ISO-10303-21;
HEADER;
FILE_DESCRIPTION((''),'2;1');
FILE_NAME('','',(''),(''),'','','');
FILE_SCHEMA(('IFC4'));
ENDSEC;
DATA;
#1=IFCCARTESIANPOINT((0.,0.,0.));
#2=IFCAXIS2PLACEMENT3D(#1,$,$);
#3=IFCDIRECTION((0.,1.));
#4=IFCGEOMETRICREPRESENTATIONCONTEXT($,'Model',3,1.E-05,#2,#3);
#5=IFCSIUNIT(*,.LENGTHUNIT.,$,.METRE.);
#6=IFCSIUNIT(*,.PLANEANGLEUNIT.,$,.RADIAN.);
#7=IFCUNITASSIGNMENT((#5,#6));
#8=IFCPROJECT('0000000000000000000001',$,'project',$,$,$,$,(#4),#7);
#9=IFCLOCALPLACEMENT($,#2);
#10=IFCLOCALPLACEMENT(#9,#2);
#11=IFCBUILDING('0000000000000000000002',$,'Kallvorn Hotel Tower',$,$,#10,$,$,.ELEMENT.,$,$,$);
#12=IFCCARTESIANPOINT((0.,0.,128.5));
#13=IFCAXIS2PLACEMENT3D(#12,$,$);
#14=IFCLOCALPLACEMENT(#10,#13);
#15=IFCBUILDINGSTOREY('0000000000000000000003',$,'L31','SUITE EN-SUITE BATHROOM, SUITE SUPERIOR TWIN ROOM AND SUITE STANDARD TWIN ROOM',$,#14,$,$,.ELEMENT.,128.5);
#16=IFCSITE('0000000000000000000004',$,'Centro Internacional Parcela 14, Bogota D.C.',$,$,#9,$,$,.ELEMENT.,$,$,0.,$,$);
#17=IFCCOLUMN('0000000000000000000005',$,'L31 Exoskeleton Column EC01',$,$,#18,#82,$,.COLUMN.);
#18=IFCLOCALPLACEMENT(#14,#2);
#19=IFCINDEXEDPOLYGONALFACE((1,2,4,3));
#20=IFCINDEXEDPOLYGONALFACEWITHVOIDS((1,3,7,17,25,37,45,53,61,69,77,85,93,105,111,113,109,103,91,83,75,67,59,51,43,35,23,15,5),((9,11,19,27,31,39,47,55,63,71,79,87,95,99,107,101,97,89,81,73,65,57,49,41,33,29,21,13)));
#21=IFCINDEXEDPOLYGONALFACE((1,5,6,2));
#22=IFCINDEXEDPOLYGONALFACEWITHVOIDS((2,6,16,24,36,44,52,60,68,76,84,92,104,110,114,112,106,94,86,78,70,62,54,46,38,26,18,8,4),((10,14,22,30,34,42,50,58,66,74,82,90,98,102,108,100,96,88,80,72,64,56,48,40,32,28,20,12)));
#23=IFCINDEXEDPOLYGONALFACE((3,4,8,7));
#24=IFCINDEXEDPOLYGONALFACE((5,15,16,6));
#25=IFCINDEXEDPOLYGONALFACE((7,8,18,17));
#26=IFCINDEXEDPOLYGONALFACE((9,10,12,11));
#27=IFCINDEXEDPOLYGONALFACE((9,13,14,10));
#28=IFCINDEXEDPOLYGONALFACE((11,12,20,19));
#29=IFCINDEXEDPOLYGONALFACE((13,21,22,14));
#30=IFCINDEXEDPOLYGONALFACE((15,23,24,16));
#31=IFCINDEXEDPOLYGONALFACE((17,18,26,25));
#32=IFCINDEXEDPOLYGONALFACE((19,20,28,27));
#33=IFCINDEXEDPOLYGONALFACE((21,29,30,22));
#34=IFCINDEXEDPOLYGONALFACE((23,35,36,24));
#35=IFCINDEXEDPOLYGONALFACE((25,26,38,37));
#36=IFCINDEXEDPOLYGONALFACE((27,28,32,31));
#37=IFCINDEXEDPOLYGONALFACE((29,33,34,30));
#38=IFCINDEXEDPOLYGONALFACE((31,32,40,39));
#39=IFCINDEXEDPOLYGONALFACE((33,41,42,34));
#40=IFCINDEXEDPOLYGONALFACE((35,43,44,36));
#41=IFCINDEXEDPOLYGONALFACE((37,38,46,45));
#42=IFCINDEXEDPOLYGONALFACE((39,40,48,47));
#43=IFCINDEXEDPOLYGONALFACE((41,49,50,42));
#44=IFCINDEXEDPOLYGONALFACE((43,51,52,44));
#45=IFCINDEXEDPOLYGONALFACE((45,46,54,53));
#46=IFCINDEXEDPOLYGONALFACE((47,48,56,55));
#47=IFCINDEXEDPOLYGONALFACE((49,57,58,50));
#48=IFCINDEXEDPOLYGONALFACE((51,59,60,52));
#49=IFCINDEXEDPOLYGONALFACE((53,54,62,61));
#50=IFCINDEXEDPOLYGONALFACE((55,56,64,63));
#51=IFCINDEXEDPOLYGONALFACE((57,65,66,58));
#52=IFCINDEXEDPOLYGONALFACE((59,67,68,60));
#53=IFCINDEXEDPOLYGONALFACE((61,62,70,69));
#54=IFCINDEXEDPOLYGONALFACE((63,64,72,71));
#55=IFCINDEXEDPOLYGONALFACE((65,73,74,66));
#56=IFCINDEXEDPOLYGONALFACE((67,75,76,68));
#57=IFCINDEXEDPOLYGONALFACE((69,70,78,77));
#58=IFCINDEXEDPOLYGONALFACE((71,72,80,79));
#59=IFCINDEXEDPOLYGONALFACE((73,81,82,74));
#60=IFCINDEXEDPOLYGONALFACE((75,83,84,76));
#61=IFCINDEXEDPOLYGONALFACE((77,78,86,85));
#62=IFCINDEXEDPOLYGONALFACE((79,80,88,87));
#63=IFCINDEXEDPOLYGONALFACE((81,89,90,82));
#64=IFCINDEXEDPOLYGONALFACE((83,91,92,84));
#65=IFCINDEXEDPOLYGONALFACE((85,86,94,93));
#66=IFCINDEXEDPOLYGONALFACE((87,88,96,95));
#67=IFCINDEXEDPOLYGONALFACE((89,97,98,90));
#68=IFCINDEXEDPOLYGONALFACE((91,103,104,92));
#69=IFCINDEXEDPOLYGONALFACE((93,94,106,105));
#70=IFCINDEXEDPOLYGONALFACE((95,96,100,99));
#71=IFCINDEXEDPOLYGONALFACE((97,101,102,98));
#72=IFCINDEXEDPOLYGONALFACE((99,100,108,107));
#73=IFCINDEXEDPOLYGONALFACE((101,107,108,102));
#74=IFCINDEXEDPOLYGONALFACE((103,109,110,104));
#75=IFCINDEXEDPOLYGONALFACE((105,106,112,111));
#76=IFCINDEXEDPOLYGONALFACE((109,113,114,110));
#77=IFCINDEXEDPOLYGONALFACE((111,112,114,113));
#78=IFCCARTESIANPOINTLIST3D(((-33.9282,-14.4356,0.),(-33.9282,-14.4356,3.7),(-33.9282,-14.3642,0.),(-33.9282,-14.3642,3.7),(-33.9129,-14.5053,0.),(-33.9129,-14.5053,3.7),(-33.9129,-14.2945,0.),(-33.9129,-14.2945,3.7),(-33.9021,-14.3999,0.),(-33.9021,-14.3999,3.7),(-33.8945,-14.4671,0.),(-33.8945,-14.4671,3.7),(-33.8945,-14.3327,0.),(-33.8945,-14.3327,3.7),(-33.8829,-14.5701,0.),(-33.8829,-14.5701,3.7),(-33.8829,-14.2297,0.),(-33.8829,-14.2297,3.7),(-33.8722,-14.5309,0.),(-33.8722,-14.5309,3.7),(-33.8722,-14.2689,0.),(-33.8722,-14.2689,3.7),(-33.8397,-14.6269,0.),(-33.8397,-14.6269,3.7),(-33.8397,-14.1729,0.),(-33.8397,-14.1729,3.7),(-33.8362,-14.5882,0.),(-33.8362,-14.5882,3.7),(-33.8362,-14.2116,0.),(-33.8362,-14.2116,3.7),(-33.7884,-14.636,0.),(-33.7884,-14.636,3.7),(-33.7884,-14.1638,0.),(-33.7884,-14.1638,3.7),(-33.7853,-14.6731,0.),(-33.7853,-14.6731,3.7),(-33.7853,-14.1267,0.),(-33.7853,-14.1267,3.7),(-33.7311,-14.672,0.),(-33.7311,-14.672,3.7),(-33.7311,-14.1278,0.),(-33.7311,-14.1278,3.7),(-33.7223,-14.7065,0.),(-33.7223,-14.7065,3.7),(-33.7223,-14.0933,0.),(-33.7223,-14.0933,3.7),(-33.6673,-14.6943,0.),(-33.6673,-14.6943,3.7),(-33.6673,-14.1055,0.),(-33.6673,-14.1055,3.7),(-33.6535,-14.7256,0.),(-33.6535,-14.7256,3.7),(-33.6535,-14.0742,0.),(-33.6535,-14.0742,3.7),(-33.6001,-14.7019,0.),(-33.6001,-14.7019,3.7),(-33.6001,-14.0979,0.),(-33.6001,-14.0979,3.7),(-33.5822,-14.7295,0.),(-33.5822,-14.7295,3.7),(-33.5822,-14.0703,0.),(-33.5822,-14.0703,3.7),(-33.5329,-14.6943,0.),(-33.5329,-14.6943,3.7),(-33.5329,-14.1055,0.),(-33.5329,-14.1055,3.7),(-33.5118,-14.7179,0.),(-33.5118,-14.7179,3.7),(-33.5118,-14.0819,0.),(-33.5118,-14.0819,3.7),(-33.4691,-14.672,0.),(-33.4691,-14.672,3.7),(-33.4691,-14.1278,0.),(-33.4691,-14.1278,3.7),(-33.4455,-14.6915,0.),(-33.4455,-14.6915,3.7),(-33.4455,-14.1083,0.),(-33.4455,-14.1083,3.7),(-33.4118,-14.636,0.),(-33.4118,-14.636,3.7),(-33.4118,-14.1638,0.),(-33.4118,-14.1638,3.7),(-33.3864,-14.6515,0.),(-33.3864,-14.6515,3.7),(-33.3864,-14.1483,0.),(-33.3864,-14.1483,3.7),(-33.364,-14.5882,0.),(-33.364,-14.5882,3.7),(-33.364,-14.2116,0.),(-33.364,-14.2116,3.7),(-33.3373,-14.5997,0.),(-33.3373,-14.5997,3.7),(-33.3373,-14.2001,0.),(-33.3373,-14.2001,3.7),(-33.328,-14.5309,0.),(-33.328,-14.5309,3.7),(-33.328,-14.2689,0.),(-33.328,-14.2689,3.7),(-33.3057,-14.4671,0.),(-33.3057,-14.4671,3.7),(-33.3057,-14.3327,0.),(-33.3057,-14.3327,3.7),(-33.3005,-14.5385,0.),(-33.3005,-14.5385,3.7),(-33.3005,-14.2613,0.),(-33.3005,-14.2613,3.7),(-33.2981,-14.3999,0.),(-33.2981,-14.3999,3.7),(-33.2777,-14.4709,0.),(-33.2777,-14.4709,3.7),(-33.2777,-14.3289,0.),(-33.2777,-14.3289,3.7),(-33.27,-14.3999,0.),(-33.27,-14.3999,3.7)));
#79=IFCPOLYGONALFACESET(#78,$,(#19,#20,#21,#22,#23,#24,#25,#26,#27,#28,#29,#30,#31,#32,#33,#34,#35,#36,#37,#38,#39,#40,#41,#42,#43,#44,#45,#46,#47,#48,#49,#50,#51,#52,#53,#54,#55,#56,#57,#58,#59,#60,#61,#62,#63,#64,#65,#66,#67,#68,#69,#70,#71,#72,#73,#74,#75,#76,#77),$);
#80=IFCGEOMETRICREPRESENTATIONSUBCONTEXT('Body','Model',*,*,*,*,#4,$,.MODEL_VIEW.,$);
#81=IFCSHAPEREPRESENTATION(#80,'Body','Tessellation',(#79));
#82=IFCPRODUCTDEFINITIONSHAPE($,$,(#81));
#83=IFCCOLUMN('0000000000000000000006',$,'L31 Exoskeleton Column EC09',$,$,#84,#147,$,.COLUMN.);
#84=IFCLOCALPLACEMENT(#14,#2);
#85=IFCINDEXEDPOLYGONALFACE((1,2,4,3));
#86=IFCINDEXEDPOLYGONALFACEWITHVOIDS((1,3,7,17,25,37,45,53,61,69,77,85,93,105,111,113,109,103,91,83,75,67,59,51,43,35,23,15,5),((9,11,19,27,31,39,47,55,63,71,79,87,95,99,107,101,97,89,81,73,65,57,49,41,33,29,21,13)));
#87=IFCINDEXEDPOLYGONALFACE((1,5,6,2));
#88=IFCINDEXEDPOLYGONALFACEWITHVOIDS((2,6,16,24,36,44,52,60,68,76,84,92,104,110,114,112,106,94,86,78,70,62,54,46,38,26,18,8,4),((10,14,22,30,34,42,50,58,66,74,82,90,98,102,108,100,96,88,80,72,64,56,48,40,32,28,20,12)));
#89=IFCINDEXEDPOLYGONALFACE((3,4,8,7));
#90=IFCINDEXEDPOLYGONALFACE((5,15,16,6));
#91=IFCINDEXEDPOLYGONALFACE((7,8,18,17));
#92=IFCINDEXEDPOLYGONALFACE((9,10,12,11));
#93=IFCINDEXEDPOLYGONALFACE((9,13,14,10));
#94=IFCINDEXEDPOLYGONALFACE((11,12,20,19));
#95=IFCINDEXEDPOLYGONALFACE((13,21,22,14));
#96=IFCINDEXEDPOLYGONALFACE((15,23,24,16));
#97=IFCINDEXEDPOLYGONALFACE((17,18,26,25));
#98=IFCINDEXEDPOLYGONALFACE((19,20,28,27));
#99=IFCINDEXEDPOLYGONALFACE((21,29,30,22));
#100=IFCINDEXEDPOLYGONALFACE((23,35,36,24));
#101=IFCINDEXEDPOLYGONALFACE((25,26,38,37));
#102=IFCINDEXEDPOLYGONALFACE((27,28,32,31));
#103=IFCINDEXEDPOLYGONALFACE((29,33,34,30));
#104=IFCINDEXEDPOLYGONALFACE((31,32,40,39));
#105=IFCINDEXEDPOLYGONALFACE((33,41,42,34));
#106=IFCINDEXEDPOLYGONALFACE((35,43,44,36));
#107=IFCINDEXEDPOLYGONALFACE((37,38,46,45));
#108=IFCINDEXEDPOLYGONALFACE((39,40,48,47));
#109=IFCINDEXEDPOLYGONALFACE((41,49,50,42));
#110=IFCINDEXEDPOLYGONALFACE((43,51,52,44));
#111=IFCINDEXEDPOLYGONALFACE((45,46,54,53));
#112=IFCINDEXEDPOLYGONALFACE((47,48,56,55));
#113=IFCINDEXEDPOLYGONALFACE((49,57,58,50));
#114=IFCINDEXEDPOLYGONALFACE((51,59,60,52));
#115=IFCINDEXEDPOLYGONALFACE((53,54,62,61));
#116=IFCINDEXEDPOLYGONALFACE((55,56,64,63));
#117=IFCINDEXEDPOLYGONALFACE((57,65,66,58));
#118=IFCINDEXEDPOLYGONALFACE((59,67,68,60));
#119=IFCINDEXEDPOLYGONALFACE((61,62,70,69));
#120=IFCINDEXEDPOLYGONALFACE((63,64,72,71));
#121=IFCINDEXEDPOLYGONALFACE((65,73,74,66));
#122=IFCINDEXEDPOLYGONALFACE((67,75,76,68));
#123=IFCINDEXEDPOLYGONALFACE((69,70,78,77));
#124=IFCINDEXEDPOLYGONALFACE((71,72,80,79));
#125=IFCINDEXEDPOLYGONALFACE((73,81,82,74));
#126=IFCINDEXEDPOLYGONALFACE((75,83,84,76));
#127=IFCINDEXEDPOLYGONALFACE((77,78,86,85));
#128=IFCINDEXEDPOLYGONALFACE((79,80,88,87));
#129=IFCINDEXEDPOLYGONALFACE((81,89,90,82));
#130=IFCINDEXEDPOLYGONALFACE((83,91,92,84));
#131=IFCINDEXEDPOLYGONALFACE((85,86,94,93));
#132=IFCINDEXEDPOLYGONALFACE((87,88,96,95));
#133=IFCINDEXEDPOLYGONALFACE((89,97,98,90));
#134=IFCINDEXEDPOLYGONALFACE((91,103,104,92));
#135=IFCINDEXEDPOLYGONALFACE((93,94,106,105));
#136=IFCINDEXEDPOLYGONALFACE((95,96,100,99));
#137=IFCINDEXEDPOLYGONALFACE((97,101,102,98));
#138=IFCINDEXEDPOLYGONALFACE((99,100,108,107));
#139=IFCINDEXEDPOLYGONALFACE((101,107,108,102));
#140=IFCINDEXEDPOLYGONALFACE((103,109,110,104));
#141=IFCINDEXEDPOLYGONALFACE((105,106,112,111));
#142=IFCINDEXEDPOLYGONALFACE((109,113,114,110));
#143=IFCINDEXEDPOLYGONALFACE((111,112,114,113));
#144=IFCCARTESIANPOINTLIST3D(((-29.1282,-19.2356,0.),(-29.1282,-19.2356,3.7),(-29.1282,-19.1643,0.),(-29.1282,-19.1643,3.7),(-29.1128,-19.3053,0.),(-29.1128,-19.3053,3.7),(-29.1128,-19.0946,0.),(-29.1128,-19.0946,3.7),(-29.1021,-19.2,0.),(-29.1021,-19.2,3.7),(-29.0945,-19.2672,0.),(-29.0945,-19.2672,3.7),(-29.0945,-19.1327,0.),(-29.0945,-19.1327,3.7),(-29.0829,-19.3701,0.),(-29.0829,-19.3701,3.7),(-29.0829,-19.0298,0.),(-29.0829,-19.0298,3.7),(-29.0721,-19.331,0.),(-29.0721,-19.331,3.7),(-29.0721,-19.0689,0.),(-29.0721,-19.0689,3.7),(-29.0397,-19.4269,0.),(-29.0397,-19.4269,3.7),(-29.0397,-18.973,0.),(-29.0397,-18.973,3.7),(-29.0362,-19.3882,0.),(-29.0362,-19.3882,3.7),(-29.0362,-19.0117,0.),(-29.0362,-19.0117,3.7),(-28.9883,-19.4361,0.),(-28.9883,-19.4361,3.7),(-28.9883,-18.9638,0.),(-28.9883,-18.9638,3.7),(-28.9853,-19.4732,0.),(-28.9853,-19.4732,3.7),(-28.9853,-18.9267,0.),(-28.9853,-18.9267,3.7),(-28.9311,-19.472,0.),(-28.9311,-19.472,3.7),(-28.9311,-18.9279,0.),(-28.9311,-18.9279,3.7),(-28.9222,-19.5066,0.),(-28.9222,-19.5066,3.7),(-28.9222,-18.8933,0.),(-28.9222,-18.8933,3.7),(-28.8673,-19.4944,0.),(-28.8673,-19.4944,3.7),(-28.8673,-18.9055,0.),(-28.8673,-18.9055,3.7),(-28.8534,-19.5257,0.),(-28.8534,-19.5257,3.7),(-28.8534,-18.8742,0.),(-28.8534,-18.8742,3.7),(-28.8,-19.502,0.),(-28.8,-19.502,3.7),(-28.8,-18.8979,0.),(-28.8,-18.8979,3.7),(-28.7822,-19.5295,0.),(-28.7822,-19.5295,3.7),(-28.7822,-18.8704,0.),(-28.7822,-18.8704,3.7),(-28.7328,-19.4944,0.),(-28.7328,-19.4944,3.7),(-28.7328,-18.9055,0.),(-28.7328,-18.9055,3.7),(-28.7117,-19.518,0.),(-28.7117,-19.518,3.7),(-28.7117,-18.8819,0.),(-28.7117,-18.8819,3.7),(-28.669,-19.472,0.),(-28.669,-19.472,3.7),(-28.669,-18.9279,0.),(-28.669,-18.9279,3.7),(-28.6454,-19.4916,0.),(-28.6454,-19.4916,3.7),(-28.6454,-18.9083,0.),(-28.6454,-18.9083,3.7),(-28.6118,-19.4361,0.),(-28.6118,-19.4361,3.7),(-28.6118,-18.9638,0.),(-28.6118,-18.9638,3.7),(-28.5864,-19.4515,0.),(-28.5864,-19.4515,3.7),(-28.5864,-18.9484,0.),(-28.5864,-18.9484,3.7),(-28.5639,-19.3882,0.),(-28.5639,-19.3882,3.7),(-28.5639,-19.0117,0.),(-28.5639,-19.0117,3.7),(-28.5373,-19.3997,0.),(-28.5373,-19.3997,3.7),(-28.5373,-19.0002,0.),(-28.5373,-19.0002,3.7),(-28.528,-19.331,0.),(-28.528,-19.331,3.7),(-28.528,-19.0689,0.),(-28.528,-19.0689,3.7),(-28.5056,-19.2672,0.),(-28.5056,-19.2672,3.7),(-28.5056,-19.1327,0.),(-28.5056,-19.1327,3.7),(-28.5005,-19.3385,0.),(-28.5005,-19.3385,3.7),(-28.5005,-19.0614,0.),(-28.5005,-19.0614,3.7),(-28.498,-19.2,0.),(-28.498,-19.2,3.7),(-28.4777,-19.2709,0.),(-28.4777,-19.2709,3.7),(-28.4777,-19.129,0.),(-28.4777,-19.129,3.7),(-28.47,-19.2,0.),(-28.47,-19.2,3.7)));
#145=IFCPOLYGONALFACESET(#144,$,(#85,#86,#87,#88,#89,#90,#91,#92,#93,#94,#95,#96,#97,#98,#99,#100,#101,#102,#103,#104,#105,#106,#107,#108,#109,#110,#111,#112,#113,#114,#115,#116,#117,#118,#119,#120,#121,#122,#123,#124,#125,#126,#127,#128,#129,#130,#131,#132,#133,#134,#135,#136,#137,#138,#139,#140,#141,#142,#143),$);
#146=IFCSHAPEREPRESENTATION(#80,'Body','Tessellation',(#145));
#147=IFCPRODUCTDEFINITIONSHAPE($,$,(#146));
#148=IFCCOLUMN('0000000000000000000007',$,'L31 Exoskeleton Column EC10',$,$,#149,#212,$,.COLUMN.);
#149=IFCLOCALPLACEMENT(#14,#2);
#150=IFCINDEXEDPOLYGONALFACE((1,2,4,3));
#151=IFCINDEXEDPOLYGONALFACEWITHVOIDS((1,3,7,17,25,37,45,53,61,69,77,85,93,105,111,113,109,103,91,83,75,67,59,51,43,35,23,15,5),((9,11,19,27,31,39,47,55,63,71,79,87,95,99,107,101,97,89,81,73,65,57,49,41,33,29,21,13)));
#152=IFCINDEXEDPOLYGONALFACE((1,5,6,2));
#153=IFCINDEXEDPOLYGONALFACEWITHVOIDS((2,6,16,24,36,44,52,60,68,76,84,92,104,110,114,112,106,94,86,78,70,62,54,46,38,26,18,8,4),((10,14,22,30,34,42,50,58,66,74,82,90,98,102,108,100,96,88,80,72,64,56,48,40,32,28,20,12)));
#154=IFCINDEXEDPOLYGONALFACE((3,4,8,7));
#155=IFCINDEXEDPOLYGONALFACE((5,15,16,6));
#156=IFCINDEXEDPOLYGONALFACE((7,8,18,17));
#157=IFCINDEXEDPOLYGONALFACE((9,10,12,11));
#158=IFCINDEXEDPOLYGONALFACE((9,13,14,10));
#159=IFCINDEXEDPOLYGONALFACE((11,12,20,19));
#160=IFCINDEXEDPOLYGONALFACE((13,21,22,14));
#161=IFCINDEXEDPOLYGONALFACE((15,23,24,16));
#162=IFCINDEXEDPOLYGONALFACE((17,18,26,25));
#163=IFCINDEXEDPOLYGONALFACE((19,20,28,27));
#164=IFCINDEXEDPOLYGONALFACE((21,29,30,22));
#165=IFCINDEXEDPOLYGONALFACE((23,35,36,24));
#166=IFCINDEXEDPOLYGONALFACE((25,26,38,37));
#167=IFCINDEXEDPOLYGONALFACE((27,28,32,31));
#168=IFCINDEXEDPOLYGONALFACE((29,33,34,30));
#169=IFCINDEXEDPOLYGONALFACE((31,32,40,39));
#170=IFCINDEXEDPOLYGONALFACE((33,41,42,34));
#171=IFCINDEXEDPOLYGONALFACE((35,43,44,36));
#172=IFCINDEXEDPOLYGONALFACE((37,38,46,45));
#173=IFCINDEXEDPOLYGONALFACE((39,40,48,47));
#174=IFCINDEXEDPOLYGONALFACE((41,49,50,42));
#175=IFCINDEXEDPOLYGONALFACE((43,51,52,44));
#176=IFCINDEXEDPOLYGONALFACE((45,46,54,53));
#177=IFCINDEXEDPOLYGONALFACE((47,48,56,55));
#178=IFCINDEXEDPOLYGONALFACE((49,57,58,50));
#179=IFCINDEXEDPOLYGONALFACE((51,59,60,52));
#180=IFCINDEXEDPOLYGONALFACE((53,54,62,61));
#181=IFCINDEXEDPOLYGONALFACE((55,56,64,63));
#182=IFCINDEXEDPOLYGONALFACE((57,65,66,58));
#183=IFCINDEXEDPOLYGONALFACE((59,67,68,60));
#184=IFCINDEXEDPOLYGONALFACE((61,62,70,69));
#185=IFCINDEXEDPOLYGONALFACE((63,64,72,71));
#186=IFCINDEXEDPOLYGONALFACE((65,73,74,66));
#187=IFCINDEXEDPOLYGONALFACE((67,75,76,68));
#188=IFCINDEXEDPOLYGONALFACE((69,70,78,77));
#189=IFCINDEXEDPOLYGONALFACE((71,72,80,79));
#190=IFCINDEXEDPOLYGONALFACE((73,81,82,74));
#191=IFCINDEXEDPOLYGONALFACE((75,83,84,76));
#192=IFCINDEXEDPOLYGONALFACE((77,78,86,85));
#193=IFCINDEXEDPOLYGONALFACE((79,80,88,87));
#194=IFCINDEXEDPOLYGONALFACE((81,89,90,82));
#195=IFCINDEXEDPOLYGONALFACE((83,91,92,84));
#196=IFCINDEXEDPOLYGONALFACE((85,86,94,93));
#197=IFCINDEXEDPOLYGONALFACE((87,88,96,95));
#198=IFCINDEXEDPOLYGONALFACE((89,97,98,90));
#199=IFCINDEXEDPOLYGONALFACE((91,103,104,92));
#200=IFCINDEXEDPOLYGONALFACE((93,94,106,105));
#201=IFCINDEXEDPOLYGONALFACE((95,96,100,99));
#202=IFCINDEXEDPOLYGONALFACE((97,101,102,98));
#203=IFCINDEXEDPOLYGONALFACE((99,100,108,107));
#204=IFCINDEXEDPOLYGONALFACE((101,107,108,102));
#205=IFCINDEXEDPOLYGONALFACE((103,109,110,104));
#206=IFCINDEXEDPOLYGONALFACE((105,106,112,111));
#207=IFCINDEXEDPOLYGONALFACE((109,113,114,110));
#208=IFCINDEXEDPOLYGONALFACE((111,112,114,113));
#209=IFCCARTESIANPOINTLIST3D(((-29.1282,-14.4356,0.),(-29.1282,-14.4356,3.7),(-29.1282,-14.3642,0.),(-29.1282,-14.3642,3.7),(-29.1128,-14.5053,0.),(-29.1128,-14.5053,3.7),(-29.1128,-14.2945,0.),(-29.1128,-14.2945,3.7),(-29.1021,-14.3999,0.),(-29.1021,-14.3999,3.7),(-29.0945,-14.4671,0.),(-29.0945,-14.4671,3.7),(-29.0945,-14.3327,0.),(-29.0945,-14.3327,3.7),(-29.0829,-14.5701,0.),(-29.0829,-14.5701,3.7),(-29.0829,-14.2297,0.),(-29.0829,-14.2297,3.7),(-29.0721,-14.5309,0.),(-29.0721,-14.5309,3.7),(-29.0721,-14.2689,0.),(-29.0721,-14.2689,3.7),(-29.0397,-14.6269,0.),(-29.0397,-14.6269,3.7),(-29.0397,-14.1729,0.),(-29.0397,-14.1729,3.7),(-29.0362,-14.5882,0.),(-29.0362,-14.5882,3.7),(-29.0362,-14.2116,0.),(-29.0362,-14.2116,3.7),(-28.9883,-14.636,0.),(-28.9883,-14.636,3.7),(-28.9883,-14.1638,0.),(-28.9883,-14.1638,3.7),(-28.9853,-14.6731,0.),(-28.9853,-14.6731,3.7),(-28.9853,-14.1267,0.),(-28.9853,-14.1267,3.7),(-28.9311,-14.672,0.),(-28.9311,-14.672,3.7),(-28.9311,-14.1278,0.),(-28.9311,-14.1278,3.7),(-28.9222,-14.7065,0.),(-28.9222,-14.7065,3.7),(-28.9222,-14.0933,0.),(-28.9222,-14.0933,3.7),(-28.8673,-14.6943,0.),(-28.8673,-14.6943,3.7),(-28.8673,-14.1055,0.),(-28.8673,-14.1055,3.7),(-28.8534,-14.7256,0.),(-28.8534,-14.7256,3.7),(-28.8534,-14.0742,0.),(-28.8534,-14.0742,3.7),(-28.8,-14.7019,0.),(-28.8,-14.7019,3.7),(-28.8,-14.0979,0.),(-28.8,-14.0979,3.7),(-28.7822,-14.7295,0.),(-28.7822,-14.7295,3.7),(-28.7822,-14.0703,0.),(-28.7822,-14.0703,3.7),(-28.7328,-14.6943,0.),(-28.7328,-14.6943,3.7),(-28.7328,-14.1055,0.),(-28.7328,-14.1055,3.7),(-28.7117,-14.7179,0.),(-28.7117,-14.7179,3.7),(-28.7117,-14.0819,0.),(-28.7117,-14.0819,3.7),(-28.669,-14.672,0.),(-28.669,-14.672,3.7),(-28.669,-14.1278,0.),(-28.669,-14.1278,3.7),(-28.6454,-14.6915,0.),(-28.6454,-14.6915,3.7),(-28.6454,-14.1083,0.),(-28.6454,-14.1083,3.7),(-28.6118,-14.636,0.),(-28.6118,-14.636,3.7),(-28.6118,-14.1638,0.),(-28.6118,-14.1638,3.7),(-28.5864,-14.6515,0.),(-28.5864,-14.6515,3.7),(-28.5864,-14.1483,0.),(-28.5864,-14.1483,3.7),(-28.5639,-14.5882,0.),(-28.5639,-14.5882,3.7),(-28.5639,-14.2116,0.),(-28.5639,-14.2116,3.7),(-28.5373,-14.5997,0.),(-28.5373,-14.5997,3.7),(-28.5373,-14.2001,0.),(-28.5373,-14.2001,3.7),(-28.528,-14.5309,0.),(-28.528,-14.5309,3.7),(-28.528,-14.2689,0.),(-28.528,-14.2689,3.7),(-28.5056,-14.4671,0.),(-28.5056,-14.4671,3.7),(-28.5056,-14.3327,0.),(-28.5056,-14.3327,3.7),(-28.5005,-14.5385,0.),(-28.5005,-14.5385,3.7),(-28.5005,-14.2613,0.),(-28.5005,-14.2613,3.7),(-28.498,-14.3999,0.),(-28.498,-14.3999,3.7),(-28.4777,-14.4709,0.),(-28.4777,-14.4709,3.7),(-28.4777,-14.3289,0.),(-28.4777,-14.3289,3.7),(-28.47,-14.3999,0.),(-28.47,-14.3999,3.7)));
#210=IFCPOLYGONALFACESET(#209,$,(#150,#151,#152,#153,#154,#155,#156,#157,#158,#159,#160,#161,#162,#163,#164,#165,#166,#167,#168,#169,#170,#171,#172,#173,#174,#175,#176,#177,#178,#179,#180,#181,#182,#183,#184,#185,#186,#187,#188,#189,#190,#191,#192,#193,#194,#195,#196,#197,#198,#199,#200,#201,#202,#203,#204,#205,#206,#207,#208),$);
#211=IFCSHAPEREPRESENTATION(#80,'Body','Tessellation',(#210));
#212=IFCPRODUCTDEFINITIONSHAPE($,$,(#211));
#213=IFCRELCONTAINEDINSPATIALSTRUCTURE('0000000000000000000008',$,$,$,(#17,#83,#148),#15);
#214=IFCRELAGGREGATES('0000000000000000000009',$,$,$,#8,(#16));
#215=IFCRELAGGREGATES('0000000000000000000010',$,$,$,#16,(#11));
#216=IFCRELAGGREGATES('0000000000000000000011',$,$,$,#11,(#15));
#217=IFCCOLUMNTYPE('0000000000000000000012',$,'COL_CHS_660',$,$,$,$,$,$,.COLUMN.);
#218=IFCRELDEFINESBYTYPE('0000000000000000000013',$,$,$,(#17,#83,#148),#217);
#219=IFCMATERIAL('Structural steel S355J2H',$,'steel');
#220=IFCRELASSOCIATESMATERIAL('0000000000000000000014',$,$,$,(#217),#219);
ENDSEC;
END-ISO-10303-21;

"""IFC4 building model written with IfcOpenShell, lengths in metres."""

from ifc_helpers import new_model, si_unit, direction, frame, origin, origin_2d, place, context, subcontext, project, spatial, hollow_circle, extrude, material, material_profile, profile_set, type_object, element, save


model = new_model("IFC4")

# Units and contexts
model_context = context("Model", 3, precision=1e-05, world=origin(), true_north=direction((0.0, 1.0)))
body_context = subcontext(model_context, "Body", "Model", "MODEL_VIEW")
ifc_project = project(units=[si_unit("LENGTHUNIT", "METRE"), si_unit("PLANEANGLEUNIT", "RADIAN")], contexts=[model_context])

# Site, building, storey
site_placement = place(None, origin())
site = spatial("IfcSite", under=ifc_project, at=site_placement, Name="Centro Internacional Parcela 14, Bogota D.C.", CompositionType="ELEMENT", RefElevation=0.0)
building_placement = place(site_placement, origin())
building = spatial("IfcBuilding", under=site, at=building_placement, Name="Kallvorn Hotel Tower", CompositionType="ELEMENT")
storey_placement = place(building_placement, frame((0.0, 0.0, 128.5)))
storey = spatial("IfcBuildingStorey", under=building, at=storey_placement, Name="L31", Description="SUITE EN-SUITE BATHROOM, SUITE SUPERIOR TWIN ROOM AND SUITE STANDARD TWIN ROOM", CompositionType="ELEMENT", Elevation=128.5)

# Columns
ifc_material_1 = material(Name="Structural steel S355J2H", Category="steel")
ifc_material_profile_1 = material_profile(ifc_material_1, hollow_circle(Radius=0.3301, WallThickness=0.0281, at=origin_2d()), Name="CHS 660x28")
ifc_profile_set_1 = profile_set([ifc_material_profile_1], Name="Structural steel S355J2H")
column_type_1 = type_object("IfcColumnType", Name="COL_CHS_660", PredefinedType="COLUMN", material=ifc_profile_set_1)
for number, where, z_axis, x_axis, name in (
    (1, (-33.6001, -14.3999, 0.0), (0.0, 0.0, 1.0), (1.0, 0.0, 0.0), "L31 Exoskeleton Column EC01"),
    (2, (-28.8, -19.2, 0.0), (0.0, 0.0, 1.0), (1.0, 0.0, 0.0), "L31 Exoskeleton Column EC09"),
    (3, (-28.8, -14.3999, 0.0), (0.0, 0.0, 1.0), (1.0, 0.0, 0.0), "L31 Exoskeleton Column EC10"),
):
    element("IfcColumn", number, at=place(storey_placement, frame(where, z_axis=z_axis, x_axis=x_axis)), inside=storey, type_object=column_type_1, Name=name, PredefinedType="COLUMN", context=body_context, shape_type="SweptSolid", body=[
        extrude(hollow_circle(Radius=0.3301, WallThickness=0.0281, at=origin_2d()), origin(), (0.0, 0.0, 1.0), 3.7),
    ])

save(model, "model.ifc")
